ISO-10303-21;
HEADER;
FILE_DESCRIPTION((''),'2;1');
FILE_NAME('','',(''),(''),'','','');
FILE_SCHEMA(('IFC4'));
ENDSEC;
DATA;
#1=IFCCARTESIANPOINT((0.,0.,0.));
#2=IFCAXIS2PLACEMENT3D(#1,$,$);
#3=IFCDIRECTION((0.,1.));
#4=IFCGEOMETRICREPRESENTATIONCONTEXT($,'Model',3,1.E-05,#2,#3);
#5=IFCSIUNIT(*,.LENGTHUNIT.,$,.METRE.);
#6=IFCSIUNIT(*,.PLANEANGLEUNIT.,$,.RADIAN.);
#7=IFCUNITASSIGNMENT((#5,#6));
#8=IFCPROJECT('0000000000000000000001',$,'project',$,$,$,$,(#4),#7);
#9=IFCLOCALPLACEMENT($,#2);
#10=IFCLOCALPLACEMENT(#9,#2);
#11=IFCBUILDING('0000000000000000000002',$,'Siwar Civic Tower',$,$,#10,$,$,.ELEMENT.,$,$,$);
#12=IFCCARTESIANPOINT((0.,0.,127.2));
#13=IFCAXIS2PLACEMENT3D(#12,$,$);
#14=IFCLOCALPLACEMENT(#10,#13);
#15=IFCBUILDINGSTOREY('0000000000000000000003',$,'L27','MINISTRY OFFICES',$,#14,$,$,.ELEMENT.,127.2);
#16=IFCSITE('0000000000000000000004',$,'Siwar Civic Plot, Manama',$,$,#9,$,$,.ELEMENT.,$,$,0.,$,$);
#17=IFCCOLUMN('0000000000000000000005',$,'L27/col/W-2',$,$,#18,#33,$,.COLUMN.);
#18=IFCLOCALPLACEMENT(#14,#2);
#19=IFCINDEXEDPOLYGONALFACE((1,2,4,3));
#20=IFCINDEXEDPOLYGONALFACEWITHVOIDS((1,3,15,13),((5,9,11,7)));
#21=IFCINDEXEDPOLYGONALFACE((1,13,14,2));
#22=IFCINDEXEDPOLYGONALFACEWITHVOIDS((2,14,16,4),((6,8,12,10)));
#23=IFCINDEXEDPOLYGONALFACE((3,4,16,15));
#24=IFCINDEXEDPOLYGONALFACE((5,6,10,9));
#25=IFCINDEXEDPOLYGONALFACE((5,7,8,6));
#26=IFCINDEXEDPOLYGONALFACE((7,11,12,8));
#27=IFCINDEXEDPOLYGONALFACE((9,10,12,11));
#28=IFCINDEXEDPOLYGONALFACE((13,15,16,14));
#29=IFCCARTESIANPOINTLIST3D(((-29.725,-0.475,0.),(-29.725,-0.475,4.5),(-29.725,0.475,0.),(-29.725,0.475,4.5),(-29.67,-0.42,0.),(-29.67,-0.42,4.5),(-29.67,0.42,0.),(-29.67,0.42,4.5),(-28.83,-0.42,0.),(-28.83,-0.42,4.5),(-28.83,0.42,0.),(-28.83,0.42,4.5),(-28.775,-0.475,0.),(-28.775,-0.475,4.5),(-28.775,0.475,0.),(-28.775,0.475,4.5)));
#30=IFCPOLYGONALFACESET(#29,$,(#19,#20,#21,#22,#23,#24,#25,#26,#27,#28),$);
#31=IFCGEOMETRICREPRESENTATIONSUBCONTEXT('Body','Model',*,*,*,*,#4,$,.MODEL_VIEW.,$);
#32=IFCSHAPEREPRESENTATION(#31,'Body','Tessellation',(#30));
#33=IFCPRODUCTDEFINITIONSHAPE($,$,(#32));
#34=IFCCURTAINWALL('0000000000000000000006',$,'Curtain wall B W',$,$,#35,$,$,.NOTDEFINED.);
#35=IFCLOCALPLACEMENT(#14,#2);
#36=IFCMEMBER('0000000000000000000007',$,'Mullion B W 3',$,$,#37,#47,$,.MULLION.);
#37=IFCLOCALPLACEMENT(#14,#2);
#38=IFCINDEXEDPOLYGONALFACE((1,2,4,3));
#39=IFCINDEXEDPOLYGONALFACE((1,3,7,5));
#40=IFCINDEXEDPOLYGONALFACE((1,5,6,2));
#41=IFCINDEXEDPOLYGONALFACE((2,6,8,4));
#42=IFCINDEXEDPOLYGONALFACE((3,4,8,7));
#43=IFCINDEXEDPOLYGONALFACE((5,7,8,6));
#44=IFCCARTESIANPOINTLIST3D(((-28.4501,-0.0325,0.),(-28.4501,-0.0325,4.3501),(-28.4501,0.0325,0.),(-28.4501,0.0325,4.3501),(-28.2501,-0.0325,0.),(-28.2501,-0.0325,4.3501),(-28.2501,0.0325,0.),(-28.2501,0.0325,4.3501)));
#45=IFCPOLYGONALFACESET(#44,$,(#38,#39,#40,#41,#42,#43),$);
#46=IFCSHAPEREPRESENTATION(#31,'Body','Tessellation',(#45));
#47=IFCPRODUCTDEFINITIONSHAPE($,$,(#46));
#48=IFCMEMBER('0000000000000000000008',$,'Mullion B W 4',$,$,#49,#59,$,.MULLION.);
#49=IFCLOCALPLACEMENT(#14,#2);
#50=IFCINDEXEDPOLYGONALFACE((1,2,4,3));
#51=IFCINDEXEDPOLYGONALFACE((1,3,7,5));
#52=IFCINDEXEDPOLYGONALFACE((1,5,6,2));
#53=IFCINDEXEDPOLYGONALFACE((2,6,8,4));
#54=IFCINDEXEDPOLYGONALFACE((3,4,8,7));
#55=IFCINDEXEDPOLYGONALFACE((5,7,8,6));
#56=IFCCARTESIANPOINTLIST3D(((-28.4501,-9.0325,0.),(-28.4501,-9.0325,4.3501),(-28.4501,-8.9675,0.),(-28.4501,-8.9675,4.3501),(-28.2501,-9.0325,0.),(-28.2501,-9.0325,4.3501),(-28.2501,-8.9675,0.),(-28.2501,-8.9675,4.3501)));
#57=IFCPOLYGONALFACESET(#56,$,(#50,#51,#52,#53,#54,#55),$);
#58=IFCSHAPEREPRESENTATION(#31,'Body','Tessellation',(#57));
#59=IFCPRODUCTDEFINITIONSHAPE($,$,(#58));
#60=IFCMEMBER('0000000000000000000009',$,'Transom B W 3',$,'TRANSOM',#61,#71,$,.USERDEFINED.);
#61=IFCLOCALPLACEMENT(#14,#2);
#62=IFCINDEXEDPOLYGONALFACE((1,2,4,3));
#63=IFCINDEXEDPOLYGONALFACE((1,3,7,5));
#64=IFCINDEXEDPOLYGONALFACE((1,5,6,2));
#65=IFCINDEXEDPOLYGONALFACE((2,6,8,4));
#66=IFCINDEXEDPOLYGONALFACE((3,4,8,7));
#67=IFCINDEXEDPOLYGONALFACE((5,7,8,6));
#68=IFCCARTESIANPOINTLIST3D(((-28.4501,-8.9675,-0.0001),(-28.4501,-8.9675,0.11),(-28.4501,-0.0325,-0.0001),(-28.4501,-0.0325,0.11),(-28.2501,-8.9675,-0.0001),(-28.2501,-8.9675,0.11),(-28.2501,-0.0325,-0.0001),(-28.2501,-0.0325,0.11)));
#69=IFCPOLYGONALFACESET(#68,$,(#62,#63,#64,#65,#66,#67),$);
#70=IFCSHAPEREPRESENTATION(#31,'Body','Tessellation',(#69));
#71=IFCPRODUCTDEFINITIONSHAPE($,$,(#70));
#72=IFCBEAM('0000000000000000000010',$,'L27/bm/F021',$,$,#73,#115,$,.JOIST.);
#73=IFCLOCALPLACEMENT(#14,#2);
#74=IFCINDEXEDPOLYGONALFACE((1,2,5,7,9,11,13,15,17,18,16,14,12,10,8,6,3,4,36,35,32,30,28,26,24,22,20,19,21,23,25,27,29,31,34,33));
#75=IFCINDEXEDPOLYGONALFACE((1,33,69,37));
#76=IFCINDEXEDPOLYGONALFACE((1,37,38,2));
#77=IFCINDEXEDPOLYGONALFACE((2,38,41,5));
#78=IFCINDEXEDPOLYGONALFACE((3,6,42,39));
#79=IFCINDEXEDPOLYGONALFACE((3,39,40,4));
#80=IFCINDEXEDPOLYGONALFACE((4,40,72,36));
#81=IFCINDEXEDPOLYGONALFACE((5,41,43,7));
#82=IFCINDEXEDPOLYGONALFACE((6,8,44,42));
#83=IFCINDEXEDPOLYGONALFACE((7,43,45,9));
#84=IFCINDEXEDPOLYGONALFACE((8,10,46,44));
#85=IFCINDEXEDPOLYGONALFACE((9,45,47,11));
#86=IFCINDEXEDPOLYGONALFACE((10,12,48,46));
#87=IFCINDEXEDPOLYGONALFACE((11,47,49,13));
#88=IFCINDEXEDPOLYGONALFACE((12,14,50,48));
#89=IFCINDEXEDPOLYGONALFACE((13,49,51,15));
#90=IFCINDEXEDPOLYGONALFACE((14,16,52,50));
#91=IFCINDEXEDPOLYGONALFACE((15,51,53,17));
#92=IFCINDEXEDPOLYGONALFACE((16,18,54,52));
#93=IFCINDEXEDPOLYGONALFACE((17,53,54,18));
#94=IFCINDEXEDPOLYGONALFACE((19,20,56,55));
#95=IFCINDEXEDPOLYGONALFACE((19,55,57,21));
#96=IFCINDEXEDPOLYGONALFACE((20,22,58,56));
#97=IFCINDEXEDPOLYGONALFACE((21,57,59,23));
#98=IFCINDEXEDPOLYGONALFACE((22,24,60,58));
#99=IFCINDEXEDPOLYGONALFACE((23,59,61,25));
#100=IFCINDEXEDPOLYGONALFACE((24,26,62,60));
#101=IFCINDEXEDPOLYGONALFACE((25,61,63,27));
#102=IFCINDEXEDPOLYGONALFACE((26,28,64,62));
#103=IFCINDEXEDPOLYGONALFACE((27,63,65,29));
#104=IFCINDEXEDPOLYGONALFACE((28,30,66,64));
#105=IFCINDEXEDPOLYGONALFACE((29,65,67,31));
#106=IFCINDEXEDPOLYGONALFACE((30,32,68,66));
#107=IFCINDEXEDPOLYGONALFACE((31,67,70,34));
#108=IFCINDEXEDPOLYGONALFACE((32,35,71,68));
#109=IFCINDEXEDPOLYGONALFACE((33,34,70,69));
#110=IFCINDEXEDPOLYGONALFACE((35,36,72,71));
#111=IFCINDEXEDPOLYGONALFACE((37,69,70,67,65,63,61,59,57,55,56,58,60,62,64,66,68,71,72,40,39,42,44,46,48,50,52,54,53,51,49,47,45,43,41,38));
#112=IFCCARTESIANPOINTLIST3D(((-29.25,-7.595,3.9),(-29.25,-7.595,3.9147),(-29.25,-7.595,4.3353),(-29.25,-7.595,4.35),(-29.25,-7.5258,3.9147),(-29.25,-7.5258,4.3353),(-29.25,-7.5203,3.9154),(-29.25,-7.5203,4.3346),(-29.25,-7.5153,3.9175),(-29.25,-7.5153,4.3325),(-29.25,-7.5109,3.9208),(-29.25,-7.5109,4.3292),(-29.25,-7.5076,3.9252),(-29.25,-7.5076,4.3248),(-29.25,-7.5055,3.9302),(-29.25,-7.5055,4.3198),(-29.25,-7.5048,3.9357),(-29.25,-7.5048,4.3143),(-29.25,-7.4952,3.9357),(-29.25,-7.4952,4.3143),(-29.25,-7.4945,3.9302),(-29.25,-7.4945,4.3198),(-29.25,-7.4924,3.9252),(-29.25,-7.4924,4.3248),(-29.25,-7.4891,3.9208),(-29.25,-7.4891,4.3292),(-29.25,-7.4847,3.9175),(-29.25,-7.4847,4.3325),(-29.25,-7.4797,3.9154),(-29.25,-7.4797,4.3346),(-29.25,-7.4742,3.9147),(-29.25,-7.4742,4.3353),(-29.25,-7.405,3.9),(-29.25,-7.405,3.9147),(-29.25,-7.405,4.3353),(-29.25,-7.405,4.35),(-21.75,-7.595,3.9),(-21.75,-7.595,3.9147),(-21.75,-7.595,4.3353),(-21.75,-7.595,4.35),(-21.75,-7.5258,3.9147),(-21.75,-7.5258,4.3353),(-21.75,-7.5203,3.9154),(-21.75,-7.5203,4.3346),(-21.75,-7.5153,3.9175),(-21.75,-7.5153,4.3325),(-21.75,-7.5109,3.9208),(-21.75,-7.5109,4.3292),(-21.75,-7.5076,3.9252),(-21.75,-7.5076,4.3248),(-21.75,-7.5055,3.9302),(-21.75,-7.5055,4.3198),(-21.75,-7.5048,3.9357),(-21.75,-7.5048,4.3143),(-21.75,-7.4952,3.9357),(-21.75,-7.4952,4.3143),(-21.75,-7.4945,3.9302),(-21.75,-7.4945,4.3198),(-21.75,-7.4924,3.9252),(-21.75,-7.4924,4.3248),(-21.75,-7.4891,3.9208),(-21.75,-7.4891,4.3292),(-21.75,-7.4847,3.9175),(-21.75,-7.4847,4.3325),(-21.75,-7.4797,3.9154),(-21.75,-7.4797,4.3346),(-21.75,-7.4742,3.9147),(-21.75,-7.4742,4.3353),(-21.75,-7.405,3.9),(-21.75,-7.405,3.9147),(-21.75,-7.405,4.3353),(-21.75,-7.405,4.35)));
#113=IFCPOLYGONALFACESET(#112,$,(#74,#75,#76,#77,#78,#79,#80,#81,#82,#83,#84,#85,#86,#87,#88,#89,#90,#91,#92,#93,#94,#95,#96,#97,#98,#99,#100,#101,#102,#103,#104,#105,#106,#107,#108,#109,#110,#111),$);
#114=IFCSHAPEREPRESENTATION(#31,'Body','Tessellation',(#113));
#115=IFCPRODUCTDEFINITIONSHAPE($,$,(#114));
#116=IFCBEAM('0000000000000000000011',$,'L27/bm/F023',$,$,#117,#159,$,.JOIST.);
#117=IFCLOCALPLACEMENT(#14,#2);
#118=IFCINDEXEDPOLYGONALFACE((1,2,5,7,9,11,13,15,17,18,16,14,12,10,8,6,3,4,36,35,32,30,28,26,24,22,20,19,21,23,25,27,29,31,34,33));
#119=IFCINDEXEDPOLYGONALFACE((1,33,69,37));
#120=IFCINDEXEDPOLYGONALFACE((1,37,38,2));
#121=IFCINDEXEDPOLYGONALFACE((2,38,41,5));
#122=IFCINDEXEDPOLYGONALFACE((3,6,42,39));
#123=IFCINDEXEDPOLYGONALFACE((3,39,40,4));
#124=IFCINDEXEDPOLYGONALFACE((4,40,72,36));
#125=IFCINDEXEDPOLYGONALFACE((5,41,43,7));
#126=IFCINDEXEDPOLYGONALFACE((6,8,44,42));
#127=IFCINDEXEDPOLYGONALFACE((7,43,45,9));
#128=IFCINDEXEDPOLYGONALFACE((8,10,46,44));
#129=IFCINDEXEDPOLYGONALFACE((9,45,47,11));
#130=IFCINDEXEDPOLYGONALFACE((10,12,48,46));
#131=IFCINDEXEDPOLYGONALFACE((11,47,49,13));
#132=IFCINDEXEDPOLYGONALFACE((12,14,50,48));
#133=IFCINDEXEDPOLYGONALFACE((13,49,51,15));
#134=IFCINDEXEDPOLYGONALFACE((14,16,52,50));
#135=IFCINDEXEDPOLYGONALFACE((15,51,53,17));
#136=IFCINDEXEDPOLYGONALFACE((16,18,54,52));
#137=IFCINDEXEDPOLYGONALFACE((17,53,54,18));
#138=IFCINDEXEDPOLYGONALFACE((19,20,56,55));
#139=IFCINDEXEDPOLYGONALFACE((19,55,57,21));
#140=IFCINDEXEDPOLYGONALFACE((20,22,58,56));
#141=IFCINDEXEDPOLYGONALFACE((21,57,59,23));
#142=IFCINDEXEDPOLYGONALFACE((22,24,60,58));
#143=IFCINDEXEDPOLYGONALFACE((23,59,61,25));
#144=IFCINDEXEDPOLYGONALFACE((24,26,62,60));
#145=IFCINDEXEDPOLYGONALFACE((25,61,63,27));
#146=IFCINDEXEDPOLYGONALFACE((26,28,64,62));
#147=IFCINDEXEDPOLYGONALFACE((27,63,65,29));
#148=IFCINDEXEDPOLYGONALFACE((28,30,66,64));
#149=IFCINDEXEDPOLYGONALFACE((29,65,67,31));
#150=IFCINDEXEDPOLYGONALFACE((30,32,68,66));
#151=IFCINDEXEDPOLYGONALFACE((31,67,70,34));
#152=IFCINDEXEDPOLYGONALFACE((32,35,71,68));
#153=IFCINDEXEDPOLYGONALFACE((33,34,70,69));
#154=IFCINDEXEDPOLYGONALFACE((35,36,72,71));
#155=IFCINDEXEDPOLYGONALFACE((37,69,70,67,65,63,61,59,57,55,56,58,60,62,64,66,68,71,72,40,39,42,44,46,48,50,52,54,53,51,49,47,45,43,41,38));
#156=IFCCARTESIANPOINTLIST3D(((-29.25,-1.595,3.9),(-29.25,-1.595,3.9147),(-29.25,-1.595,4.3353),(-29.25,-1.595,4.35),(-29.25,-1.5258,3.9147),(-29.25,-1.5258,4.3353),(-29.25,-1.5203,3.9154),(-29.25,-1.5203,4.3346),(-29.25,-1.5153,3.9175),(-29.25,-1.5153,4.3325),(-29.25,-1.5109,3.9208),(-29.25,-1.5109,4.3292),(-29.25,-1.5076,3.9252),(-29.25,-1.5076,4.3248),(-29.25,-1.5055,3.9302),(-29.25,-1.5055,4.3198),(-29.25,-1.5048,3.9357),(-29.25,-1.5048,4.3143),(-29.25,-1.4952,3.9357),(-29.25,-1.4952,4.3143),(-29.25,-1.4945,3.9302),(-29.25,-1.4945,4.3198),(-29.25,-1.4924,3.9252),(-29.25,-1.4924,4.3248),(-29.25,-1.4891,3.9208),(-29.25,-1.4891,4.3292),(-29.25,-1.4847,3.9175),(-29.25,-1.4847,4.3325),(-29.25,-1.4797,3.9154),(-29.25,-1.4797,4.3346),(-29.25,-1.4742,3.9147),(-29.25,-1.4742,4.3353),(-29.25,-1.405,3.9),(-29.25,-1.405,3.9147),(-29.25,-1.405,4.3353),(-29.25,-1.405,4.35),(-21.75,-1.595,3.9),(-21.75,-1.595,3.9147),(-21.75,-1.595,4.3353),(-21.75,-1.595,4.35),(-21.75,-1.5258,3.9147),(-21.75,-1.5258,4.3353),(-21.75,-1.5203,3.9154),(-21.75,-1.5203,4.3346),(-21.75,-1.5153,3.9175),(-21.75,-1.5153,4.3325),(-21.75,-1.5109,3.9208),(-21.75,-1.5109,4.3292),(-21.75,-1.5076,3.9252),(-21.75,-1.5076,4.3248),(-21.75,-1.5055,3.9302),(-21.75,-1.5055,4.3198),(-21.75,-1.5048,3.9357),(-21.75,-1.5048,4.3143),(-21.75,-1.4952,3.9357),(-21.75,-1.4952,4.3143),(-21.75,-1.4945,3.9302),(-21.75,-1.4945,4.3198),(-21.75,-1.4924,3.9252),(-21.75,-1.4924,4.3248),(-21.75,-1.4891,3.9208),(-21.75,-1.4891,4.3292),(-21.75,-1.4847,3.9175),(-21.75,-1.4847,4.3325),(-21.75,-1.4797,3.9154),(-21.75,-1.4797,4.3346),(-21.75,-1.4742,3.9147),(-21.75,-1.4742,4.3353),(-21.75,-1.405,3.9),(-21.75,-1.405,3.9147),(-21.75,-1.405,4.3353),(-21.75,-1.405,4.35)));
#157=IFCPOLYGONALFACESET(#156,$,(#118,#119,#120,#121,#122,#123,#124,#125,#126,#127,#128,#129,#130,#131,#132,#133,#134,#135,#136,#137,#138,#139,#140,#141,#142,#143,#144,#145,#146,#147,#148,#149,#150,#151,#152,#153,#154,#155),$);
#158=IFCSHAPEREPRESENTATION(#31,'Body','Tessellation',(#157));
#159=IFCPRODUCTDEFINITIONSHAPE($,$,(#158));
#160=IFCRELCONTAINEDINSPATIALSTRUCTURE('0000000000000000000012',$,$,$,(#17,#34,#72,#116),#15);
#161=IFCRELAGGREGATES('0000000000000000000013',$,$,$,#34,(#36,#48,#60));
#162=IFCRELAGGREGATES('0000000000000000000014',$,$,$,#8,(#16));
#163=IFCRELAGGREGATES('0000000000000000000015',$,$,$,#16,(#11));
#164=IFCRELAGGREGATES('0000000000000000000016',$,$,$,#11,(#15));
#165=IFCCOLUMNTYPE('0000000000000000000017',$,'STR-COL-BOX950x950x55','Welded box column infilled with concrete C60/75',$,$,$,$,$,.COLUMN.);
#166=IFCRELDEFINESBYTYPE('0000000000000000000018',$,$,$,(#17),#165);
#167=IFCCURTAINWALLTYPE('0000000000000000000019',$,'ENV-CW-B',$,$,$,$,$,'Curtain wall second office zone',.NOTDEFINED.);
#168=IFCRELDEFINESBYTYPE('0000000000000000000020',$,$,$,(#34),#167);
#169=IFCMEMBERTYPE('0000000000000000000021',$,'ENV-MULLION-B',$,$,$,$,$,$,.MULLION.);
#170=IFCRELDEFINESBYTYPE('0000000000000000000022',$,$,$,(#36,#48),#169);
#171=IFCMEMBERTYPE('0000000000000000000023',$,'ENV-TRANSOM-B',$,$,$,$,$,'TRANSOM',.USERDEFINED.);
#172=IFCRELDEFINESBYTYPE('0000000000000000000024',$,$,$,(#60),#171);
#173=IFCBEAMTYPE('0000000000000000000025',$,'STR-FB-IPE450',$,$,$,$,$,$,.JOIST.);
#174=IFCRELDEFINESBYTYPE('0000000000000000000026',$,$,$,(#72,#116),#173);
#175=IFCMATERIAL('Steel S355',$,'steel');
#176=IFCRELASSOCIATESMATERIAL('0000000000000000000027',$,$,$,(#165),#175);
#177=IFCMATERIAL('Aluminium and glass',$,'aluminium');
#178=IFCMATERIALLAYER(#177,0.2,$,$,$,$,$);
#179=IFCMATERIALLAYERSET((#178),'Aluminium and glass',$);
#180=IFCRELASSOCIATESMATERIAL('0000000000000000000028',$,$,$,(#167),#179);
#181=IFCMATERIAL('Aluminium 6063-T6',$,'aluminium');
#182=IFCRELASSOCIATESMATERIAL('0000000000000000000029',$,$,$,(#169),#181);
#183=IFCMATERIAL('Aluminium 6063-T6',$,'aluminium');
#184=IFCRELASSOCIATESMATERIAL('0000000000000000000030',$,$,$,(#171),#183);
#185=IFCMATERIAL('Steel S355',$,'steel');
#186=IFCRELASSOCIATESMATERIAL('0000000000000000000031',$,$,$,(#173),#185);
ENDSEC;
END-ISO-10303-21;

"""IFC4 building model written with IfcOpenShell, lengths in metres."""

from ifc_helpers import new_model, si_unit, direction, frame, origin, origin_2d, place, context, subcontext, project, spatial, rectangle, hollow_rectangle, i_section, extrude, material, layer, layer_set, material_profile, profile_set, type_object, element, aggregate, save


model = new_model("IFC4")

# Units and contexts
model_context = context("Model", 3, precision=1e-05, world=origin(), true_north=direction((0.0, 1.0)))
body_context = subcontext(model_context, "Body", "Model", "MODEL_VIEW")
ifc_project = project(units=[si_unit("LENGTHUNIT", "METRE"), si_unit("PLANEANGLEUNIT", "RADIAN")], contexts=[model_context])

# Site, building, storey
site_placement = place(None, origin())
site = spatial("IfcSite", under=ifc_project, at=site_placement, Name="Siwar Civic Plot, Manama", CompositionType="ELEMENT", RefElevation=0.0)
building_placement = place(site_placement, origin())
building = spatial("IfcBuilding", under=site, at=building_placement, Name="Siwar Civic Tower", CompositionType="ELEMENT")
storey_placement = place(building_placement, frame((0.0, 0.0, 127.2)))
storey = spatial("IfcBuildingStorey", under=building, at=storey_placement, Name="L27", Description="MINISTRY OFFICES", CompositionType="ELEMENT", Elevation=127.2)

# Column
ifc_material_1 = material(Name="Steel S355", Category="steel")
ifc_material_profile_1 = material_profile(ifc_material_1, hollow_rectangle(XDim=0.95, YDim=0.95, WallThickness=0.0549, at=origin_2d()), Name="BOX950x950x55")
ifc_profile_set_1 = profile_set([ifc_material_profile_1], Name="Steel S355")
column_type = type_object("IfcColumnType", Name="STR-COL-BOX950x950x55", Description="Welded box column infilled with concrete C60/75", PredefinedType="COLUMN", material=ifc_profile_set_1)
column_placement = place(storey_placement, frame((-29.25, 0.0, 0.0), z_axis=(0.0, 0.0, 1.0), x_axis=(1.0, 0.0, 0.0)))
element("IfcColumn", 1, at=column_placement, inside=storey, type_object=column_type, Name="L27/col/W-2", PredefinedType="COLUMN", context=body_context, shape_type="SweptSolid", body=[
    extrude(hollow_rectangle(XDim=0.95, YDim=0.95, WallThickness=0.0549, at=origin_2d()), origin(), (0.0, 0.0, 1.0), 4.5),
])

# Curtain wall, members
ifc_material_2 = material(Name="Aluminium and glass", Category="aluminium")
ifc_layer_1 = layer(ifc_material_2, 0.2)
ifc_layer_set_1 = layer_set([ifc_layer_1], Name="Aluminium and glass")
curtain_wall_type = type_object("IfcCurtainWallType", Name="ENV-CW-B", ElementType="Curtain wall second office zone", PredefinedType="NOTDEFINED", material=ifc_layer_set_1)
curtain_wall_placement = place(storey_placement, origin())
curtain_wall = element("IfcCurtainWall", 2, at=curtain_wall_placement, inside=storey, type_object=curtain_wall_type, Name="Curtain wall B W", PredefinedType="NOTDEFINED")
ifc_material_3 = material(Name="Aluminium 6063-T6", Category="aluminium")
ifc_material_profile_2 = material_profile(ifc_material_3, rectangle(XDim=0.2, YDim=0.0649, at=origin_2d()), Name="AL 200x65")
ifc_profile_set_2 = profile_set([ifc_material_profile_2], Name="Aluminium 6063-T6")
member_type_1 = type_object("IfcMemberType", Name="ENV-MULLION-B", PredefinedType="MULLION", material=ifc_profile_set_2)
member_1_placement = place(storey_placement, frame((-28.3501, 0.0, 0.0), z_axis=(0.0, 0.0, 1.0), x_axis=(1.0, 0.0, 0.0)))
member_1 = element("IfcMember", 3, at=member_1_placement, type_object=member_type_1, Name="Mullion B W 3", PredefinedType="MULLION", context=body_context, shape_type="SweptSolid", body=[
    extrude(rectangle(XDim=0.2, YDim=0.0649, at=origin_2d()), origin(), (0.0, 0.0, 1.0), 4.3501),
])
member_2_placement = place(storey_placement, frame((-28.3501, -9.0, 0.0), z_axis=(0.0, 0.0, 1.0), x_axis=(1.0, 0.0, 0.0)))
member_2 = element("IfcMember", 4, at=member_2_placement, type_object=member_type_1, Name="Mullion B W 4", PredefinedType="MULLION", context=body_context, shape_type="SweptSolid", body=[
    extrude(rectangle(XDim=0.2, YDim=0.0649, at=origin_2d()), origin(), (0.0, 0.0, 1.0), 4.3501),
])
ifc_material_4 = material(Name="Aluminium 6063-T6", Category="aluminium")
ifc_material_profile_3 = material_profile(ifc_material_4, rectangle(XDim=0.2, YDim=0.1101, at=origin_2d()), Name="AL 200x110")
ifc_profile_set_3 = profile_set([ifc_material_profile_3], Name="Aluminium 6063-T6")
member_type_2 = type_object("IfcMemberType", Name="ENV-TRANSOM-B", ElementType="TRANSOM", PredefinedType="USERDEFINED", material=ifc_profile_set_3)
member_3_placement = place(storey_placement, frame((-28.3501, -0.0325, 0.0549), z_axis=(0.0, -1.0, 0.0), x_axis=(1.0, 0.0, 0.0)))
member_3 = element("IfcMember", 5, at=member_3_placement, type_object=member_type_2, Name="Transom B W 3", ObjectType="TRANSOM", PredefinedType="USERDEFINED", context=body_context, shape_type="SweptSolid", body=[
    extrude(rectangle(XDim=0.2, YDim=0.1101, at=origin_2d()), origin(), (0.0, 0.0, 1.0), 8.9351),
])

# Beams
ifc_material_5 = material(Name="Steel S355", Category="steel")
ifc_material_profile_4 = material_profile(ifc_material_5, i_section(OverallWidth=0.1899, OverallDepth=0.45, WebThickness=0.0095, FlangeThickness=0.0146, FilletRadius=0.021, at=origin_2d()), Name="IPE450")
ifc_profile_set_4 = profile_set([ifc_material_profile_4], Name="Steel S355")
beam_type_1 = type_object("IfcBeamType", Name="STR-FB-IPE450", PredefinedType="JOIST", material=ifc_profile_set_4)
for number, where, z_axis, x_axis, name in (
    (6, (-29.25, -7.5, 4.125), (1.0, 0.0, 0.0), (0.0, 1.0, 0.0), "L27/bm/F021"),
    (7, (-29.25, -1.5, 4.125), (1.0, 0.0, 0.0), (0.0, 1.0, 0.0), "L27/bm/F023"),
):
    element("IfcBeam", number, at=place(storey_placement, frame(where, z_axis=z_axis, x_axis=x_axis)), inside=storey, type_object=beam_type_1, Name=name, PredefinedType="JOIST", context=body_context, shape_type="SweptSolid", body=[
        extrude(i_section(OverallWidth=0.1899, OverallDepth=0.45, WebThickness=0.0095, FlangeThickness=0.0146, FilletRadius=0.021, at=origin_2d()), origin(), (0.0, 0.0, 1.0), 7.5),
    ])

aggregate(curtain_wall, [member_1, member_2, member_3])

save(model, "model.ifc")
